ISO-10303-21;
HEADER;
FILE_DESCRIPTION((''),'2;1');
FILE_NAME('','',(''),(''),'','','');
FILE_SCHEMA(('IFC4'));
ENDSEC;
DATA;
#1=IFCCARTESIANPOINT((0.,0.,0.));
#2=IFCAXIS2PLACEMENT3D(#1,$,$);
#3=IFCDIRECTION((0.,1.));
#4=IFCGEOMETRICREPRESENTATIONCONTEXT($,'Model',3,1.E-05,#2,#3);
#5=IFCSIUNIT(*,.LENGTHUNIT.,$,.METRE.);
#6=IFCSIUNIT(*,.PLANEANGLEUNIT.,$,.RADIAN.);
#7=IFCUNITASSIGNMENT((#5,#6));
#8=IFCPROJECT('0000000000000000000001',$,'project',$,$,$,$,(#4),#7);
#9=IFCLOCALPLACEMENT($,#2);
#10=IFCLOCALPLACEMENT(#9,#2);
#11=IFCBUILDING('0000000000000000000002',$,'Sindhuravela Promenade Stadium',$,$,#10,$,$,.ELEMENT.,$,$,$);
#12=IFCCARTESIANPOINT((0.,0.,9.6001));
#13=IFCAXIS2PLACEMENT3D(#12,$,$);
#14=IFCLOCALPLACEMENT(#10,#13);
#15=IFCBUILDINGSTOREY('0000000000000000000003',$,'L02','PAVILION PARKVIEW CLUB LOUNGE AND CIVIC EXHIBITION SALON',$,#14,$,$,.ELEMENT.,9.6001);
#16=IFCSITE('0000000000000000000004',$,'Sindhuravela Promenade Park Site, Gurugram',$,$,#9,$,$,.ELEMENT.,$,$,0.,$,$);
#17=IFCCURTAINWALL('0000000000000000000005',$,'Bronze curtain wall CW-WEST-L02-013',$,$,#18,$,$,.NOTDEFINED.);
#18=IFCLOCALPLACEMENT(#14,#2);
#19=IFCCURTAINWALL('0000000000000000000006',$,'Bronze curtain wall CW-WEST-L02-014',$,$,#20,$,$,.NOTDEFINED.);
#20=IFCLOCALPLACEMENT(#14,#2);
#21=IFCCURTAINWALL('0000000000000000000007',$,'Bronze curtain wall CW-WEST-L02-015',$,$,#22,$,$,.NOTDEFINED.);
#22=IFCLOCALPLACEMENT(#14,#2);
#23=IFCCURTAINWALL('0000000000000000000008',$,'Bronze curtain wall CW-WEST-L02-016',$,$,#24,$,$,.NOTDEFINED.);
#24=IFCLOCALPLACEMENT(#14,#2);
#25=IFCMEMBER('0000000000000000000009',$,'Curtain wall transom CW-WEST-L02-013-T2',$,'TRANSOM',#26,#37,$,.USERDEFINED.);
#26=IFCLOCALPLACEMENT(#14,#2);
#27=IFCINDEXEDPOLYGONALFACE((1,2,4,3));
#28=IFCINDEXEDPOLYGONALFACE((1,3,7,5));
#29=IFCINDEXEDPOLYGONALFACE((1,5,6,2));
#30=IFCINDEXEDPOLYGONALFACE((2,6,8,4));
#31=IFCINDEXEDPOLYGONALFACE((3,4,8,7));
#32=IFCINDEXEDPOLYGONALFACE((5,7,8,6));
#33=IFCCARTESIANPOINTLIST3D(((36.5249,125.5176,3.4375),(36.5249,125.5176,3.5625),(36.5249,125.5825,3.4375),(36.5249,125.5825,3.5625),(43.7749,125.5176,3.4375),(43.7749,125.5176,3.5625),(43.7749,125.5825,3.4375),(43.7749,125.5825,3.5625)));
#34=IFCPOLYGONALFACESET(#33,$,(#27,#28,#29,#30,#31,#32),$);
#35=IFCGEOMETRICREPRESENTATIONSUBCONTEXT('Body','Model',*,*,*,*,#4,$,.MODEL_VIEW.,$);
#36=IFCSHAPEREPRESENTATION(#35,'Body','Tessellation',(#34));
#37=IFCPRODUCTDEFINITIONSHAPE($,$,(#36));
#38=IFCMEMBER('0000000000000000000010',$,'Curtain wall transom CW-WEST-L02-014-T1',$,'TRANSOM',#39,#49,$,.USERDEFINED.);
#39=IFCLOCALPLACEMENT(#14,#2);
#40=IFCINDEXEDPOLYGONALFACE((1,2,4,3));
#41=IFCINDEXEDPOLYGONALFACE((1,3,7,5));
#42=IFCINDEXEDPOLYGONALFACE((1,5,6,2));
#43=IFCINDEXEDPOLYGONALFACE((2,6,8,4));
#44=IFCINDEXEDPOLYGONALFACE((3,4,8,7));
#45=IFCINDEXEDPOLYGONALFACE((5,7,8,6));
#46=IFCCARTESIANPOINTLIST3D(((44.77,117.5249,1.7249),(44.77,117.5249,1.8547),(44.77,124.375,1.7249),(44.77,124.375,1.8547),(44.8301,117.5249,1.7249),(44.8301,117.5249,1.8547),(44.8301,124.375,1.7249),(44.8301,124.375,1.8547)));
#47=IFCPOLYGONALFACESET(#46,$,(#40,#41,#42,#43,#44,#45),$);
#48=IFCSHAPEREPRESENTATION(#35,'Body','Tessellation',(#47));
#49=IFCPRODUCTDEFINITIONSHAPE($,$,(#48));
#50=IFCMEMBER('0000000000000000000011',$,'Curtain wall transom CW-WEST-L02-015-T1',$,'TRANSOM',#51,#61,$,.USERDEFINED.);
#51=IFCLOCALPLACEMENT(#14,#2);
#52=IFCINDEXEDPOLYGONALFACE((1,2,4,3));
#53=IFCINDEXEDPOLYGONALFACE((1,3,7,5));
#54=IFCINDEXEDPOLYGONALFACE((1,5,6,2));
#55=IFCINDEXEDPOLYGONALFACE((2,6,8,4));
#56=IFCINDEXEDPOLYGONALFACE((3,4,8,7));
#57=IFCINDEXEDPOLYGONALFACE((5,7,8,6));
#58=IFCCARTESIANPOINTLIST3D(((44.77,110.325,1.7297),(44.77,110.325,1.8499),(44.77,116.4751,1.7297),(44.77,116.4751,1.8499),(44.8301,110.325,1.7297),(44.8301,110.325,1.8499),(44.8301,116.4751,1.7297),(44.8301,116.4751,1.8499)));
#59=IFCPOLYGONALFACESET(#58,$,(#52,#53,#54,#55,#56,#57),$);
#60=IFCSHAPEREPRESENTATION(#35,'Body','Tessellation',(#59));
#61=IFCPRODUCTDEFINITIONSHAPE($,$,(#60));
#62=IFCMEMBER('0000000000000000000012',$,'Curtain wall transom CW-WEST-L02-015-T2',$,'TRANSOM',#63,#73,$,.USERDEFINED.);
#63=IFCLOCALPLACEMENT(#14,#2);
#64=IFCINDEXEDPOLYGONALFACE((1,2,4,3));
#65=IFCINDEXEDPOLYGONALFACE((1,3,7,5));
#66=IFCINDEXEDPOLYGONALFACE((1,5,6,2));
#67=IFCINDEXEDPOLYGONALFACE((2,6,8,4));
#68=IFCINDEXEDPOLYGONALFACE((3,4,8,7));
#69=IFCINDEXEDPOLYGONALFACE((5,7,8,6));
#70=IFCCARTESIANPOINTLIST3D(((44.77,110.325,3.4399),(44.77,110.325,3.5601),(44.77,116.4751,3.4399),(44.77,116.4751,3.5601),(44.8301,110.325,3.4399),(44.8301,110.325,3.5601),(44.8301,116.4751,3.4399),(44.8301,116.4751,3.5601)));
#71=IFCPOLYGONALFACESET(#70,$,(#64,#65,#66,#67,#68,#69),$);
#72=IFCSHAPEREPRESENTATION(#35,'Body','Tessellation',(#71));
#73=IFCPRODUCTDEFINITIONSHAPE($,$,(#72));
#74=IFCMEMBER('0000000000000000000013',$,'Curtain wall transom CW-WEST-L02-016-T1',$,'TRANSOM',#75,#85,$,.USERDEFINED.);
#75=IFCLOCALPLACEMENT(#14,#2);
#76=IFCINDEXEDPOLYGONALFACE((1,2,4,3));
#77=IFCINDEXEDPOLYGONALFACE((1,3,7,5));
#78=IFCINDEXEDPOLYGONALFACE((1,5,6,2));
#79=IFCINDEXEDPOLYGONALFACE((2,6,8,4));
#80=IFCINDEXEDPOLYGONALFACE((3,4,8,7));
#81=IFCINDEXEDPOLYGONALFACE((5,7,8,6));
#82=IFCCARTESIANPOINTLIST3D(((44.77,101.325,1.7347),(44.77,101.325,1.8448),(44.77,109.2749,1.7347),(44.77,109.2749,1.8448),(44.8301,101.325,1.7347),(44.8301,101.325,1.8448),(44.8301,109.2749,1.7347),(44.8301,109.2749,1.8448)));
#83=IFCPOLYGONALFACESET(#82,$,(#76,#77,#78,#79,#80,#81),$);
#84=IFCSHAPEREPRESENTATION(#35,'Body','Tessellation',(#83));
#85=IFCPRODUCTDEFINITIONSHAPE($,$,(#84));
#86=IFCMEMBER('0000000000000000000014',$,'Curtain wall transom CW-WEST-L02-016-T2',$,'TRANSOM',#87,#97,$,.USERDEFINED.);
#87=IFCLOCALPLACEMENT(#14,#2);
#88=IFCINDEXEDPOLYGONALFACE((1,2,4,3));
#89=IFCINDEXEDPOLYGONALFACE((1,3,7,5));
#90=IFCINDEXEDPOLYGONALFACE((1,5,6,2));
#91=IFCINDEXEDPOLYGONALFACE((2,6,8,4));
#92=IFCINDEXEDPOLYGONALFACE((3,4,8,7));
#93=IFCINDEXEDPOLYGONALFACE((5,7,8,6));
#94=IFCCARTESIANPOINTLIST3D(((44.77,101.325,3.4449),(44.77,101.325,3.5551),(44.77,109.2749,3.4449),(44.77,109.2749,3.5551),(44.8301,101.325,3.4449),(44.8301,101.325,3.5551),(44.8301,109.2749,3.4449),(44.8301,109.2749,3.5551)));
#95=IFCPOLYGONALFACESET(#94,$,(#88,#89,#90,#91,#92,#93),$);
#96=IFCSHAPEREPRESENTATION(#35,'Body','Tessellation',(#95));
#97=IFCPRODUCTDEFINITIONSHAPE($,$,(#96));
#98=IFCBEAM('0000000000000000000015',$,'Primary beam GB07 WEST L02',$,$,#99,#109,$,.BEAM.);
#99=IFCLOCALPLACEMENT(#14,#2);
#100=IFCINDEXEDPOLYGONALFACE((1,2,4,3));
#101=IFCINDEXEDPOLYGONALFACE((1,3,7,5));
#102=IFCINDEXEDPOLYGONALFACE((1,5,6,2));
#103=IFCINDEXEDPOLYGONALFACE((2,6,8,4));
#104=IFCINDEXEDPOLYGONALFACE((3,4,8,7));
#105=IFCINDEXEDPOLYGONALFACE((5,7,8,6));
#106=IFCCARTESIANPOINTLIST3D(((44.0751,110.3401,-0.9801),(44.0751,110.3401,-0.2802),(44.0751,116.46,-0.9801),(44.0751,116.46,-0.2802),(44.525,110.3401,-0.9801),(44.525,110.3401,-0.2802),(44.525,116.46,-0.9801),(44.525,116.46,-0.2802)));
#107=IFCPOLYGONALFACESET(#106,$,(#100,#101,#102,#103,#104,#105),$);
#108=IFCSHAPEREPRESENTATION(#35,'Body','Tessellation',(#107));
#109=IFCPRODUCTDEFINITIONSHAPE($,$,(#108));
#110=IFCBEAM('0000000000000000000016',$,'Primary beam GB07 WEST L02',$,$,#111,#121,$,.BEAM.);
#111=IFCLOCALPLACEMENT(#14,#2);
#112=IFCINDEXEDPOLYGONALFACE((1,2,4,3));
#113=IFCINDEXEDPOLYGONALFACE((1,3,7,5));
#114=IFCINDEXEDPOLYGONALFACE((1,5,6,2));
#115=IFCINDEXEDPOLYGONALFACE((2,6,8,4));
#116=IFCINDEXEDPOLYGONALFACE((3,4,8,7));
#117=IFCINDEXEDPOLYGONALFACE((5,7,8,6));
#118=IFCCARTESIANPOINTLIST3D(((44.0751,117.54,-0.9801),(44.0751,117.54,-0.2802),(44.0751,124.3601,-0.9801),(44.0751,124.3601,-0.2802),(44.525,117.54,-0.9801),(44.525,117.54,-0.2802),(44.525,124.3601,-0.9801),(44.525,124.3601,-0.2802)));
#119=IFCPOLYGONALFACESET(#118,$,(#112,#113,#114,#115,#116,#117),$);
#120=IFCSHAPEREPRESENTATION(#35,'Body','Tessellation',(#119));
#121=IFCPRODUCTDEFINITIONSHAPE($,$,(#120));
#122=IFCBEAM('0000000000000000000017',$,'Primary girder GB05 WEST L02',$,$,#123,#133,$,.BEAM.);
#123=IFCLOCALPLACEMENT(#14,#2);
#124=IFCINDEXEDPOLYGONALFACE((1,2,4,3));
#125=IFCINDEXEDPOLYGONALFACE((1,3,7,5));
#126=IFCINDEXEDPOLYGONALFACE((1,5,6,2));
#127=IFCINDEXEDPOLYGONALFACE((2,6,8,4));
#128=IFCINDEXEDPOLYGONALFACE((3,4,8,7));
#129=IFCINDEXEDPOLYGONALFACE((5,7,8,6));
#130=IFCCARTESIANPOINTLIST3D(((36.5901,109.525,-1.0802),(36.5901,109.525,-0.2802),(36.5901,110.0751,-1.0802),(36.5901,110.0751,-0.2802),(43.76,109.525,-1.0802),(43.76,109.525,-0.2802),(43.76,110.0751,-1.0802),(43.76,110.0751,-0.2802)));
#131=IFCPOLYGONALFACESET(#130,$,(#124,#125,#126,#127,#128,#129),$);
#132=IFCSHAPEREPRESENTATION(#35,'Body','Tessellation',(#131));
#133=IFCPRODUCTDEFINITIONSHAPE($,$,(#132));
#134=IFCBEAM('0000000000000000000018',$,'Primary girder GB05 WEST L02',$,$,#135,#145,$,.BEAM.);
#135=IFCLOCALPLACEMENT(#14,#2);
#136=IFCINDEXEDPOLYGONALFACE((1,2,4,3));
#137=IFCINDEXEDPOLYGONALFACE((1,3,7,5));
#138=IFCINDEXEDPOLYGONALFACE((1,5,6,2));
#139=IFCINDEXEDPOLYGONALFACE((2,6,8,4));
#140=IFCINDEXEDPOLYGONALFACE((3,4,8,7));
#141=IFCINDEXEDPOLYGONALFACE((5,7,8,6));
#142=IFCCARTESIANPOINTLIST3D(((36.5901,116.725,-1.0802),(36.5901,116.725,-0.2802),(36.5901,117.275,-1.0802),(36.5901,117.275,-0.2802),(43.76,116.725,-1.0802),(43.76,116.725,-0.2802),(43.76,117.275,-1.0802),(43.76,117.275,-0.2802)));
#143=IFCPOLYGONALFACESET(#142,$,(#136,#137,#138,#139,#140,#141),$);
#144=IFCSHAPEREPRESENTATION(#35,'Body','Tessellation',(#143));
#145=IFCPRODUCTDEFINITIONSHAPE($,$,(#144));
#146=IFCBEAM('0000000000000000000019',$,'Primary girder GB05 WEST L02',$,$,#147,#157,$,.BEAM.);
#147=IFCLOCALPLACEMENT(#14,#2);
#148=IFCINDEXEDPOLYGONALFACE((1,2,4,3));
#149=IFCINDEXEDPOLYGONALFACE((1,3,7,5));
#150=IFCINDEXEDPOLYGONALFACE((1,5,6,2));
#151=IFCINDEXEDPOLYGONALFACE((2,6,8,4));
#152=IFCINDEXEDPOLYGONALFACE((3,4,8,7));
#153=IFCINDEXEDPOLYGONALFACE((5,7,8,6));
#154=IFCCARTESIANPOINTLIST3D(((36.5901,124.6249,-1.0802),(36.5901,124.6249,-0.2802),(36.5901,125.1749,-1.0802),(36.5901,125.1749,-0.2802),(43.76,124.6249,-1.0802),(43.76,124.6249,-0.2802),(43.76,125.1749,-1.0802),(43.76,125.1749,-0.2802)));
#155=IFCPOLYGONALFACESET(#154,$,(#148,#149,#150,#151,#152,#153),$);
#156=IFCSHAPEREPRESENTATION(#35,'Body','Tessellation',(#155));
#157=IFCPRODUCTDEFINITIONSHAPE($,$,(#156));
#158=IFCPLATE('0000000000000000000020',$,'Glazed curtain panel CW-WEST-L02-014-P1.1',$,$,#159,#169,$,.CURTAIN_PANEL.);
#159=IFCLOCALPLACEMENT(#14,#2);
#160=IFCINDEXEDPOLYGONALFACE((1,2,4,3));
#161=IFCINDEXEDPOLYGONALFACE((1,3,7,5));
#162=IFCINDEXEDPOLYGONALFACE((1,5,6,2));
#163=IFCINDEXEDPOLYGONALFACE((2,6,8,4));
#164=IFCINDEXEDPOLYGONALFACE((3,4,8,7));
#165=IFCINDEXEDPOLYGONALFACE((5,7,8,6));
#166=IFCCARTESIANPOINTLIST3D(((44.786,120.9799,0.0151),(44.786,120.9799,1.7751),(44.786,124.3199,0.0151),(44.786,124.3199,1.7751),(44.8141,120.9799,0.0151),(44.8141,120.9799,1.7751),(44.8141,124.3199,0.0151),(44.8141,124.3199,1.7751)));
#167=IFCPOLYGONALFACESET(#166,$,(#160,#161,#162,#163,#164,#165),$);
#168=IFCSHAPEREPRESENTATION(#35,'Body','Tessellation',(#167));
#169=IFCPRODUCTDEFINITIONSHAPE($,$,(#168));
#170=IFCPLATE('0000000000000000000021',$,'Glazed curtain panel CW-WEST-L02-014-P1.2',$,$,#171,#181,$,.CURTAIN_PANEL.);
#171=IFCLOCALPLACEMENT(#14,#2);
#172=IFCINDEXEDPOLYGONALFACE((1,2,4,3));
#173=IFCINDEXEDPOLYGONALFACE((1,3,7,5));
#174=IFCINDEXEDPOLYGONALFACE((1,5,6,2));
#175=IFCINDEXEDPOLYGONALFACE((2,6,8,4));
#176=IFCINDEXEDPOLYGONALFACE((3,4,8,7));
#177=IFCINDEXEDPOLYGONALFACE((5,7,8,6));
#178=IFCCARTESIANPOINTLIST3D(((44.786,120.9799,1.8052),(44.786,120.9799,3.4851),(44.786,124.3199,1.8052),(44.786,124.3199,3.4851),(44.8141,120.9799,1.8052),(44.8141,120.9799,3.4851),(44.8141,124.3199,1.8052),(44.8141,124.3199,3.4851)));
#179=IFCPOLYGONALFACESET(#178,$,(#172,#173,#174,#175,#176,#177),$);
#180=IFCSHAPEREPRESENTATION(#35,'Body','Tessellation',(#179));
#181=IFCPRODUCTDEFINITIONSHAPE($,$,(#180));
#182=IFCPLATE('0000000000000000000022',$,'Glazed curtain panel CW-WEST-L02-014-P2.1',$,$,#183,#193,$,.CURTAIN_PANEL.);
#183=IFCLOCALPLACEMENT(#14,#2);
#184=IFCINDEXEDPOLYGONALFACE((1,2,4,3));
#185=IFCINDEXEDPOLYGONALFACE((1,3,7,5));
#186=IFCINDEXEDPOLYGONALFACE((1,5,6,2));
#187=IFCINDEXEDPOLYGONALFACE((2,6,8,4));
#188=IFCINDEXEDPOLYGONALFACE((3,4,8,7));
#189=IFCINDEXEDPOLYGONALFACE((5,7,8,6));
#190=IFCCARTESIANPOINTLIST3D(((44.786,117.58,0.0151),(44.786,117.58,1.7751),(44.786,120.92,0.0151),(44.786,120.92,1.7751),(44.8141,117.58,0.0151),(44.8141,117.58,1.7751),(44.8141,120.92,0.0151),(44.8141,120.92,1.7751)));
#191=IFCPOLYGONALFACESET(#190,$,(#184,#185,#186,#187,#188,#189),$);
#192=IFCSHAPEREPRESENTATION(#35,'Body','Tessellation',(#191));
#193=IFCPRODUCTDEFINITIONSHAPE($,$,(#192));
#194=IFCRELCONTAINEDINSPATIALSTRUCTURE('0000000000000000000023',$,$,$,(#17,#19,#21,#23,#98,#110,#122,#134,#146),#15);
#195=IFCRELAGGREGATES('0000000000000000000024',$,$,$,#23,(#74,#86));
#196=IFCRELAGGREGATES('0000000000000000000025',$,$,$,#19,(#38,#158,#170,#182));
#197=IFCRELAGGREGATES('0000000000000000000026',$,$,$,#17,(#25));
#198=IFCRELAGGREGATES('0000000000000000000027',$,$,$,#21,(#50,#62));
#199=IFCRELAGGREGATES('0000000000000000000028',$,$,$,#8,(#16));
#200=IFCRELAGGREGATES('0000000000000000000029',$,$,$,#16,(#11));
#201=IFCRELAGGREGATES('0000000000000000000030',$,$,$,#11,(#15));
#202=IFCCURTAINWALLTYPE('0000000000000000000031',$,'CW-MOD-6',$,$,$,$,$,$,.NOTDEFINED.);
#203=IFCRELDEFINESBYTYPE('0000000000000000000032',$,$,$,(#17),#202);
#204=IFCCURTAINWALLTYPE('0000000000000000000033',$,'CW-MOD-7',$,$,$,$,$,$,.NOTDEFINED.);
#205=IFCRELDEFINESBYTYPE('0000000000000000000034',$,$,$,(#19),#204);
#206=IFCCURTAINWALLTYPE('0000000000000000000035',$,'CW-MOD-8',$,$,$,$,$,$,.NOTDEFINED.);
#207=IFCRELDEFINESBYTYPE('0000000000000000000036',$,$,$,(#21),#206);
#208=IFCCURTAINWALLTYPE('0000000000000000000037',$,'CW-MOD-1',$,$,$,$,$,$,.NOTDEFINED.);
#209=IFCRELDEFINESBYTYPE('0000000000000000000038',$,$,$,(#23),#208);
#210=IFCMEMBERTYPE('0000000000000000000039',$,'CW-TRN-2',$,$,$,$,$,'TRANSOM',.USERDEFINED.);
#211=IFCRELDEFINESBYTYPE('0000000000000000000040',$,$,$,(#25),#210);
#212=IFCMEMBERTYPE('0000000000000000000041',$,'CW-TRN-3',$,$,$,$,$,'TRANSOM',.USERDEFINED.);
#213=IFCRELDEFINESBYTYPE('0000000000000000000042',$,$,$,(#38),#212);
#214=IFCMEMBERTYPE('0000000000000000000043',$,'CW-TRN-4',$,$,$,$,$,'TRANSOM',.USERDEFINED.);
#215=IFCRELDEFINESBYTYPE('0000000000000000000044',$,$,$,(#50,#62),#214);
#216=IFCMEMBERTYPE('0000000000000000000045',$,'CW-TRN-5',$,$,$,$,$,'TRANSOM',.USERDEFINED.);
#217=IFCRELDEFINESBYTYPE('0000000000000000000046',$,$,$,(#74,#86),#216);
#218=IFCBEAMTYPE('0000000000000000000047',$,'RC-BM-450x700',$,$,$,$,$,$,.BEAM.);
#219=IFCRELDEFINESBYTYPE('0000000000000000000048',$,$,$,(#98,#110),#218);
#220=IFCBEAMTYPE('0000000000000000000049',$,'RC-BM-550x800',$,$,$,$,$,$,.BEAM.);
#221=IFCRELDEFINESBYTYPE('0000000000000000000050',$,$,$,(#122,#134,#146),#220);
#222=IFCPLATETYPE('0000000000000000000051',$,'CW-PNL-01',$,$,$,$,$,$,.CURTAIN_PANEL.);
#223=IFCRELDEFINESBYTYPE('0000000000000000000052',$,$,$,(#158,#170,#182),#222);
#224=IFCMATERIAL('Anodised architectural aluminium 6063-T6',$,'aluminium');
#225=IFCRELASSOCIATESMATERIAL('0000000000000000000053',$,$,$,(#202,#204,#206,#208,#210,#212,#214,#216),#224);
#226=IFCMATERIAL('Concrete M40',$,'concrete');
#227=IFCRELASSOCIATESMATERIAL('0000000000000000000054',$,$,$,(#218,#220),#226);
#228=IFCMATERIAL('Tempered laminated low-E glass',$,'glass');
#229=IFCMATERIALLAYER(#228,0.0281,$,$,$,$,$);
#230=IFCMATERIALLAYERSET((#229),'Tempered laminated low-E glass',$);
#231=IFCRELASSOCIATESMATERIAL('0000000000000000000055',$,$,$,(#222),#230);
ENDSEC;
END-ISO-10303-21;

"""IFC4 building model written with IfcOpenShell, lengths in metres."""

from ifc_helpers import new_model, si_unit, direction, frame, origin, origin_2d, place, context, subcontext, project, spatial, rectangle, extrude, material, layer, layer_set, material_profile, profile_set, type_object, element, aggregate, save


model = new_model("IFC4")

# Units and contexts
model_context = context("Model", 3, precision=1e-05, world=origin(), true_north=direction((0.0, 1.0)))
body_context = subcontext(model_context, "Body", "Model", "MODEL_VIEW")
ifc_project = project(units=[si_unit("LENGTHUNIT", "METRE"), si_unit("PLANEANGLEUNIT", "RADIAN")], contexts=[model_context])

# Site, building, storey
site_placement = place(None, origin())
site = spatial("IfcSite", under=ifc_project, at=site_placement, Name="Sindhuravela Promenade Park Site, Gurugram", CompositionType="ELEMENT", RefElevation=0.0)
building_placement = place(site_placement, origin())
building = spatial("IfcBuilding", under=site, at=building_placement, Name="Sindhuravela Promenade Stadium", CompositionType="ELEMENT")
storey_placement = place(building_placement, frame((0.0, 0.0, 9.6001)))
storey = spatial("IfcBuildingStorey", under=building, at=storey_placement, Name="L02", Description="PAVILION PARKVIEW CLUB LOUNGE AND CIVIC EXHIBITION SALON", CompositionType="ELEMENT", Elevation=9.6001)

# Curtain walls
ifc_material_1 = material(Name="Anodised architectural aluminium 6063-T6", Category="aluminium")
curtain_wall_type_1 = type_object("IfcCurtainWallType", Name="CW-MOD-6", PredefinedType="NOTDEFINED", material=ifc_material_1)
curtain_wall_1_placement = place(storey_placement, origin())
curtain_wall_1 = element("IfcCurtainWall", 1, at=curtain_wall_1_placement, inside=storey, type_object=curtain_wall_type_1, Name="Bronze curtain wall CW-WEST-L02-013", PredefinedType="NOTDEFINED")
curtain_wall_type_2 = type_object("IfcCurtainWallType", Name="CW-MOD-7", PredefinedType="NOTDEFINED", material=ifc_material_1)
curtain_wall_2_placement = place(storey_placement, origin())
curtain_wall_2 = element("IfcCurtainWall", 2, at=curtain_wall_2_placement, inside=storey, type_object=curtain_wall_type_2, Name="Bronze curtain wall CW-WEST-L02-014", PredefinedType="NOTDEFINED")
curtain_wall_type_3 = type_object("IfcCurtainWallType", Name="CW-MOD-8", PredefinedType="NOTDEFINED", material=ifc_material_1)
curtain_wall_3_placement = place(storey_placement, origin())
curtain_wall_3 = element("IfcCurtainWall", 3, at=curtain_wall_3_placement, inside=storey, type_object=curtain_wall_type_3, Name="Bronze curtain wall CW-WEST-L02-015", PredefinedType="NOTDEFINED")

# Curtain wall
curtain_wall_type_4 = type_object("IfcCurtainWallType", Name="CW-MOD-1", PredefinedType="NOTDEFINED", material=ifc_material_1)
curtain_wall_4_placement = place(storey_placement, origin())
curtain_wall_4 = element("IfcCurtainWall", 4, at=curtain_wall_4_placement, inside=storey, type_object=curtain_wall_type_4, Name="Bronze curtain wall CW-WEST-L02-016", PredefinedType="NOTDEFINED")

# Members
ifc_material_profile_1 = material_profile(ifc_material_1, rectangle(XDim=0.0649, YDim=0.125, at=origin_2d()), Name="ALU TRAN 65x125")
ifc_profile_set_1 = profile_set([ifc_material_profile_1], Name="Anodised architectural aluminium 6063-T6")
member_type_1 = type_object("IfcMemberType", Name="CW-TRN-2", ElementType="TRANSOM", PredefinedType="USERDEFINED", material=ifc_profile_set_1)
member_1_placement = place(storey_placement, frame((36.5249, 125.55, 3.5), z_axis=(1.0, 0.0, 0.0), x_axis=(0.0, 1.0, 0.0)))
member_1 = element("IfcMember", 5, at=member_1_placement, type_object=member_type_1, Name="Curtain wall transom CW-WEST-L02-013-T2", ObjectType="TRANSOM", PredefinedType="USERDEFINED", context=body_context, shape_type="SweptSolid", body=[
    extrude(rectangle(XDim=0.0649, YDim=0.125, at=origin_2d()), origin(), (0.0, 0.0, 1.0), 7.25),
])
ifc_material_profile_2 = material_profile(ifc_material_1, rectangle(XDim=0.0601, YDim=0.1299, at=origin_2d()), Name="ALU T60x130")
ifc_profile_set_2 = profile_set([ifc_material_profile_2], Name="Anodised architectural aluminium 6063-T6")
member_type_2 = type_object("IfcMemberType", Name="CW-TRN-3", ElementType="TRANSOM", PredefinedType="USERDEFINED", material=ifc_profile_set_2)
member_2_placement = place(storey_placement, frame((44.8, 124.375, 1.7898), z_axis=(0.0, -1.0, 0.0), x_axis=(1.0, 0.0, 0.0)))
member_2 = element("IfcMember", 6, at=member_2_placement, type_object=member_type_2, Name="Curtain wall transom CW-WEST-L02-014-T1", ObjectType="TRANSOM", PredefinedType="USERDEFINED", context=body_context, shape_type="SweptSolid", body=[
    extrude(rectangle(XDim=0.0601, YDim=0.1299, at=origin_2d()), origin(), (0.0, 0.0, 1.0), 6.8501),
])
ifc_material_profile_3 = material_profile(ifc_material_1, rectangle(XDim=0.0601, YDim=0.1201, at=origin_2d()), Name="ALU T60x120")
ifc_profile_set_3 = profile_set([ifc_material_profile_3], Name="Anodised architectural aluminium 6063-T6")
member_type_3 = type_object("IfcMemberType", Name="CW-TRN-4", ElementType="TRANSOM", PredefinedType="USERDEFINED", material=ifc_profile_set_3)
member_3_placement = place(storey_placement, frame((44.8, 116.4751, 1.7898), z_axis=(0.0, -1.0, 0.0), x_axis=(1.0, 0.0, 0.0)))
member_3 = element("IfcMember", 7, at=member_3_placement, type_object=member_type_3, Name="Curtain wall transom CW-WEST-L02-015-T1", ObjectType="TRANSOM", PredefinedType="USERDEFINED", context=body_context, shape_type="SweptSolid", body=[
    extrude(rectangle(XDim=0.0601, YDim=0.1201, at=origin_2d()), origin(), (0.0, 0.0, 1.0), 6.1501),
])
member_4_placement = place(storey_placement, frame((44.8, 116.4751, 3.5), z_axis=(0.0, -1.0, 0.0), x_axis=(1.0, 0.0, 0.0)))
member_4 = element("IfcMember", 8, at=member_4_placement, type_object=member_type_3, Name="Curtain wall transom CW-WEST-L02-015-T2", ObjectType="TRANSOM", PredefinedType="USERDEFINED", context=body_context, shape_type="SweptSolid", body=[
    extrude(rectangle(XDim=0.0601, YDim=0.1201, at=origin_2d()), origin(), (0.0, 0.0, 1.0), 6.1501),
])
ifc_material_profile_4 = material_profile(ifc_material_1, rectangle(XDim=0.0601, YDim=0.1101, at=origin_2d()), Name="ALU T60x110")
ifc_profile_set_4 = profile_set([ifc_material_profile_4], Name="Anodised architectural aluminium 6063-T6")
member_type_4 = type_object("IfcMemberType", Name="CW-TRN-5", ElementType="TRANSOM", PredefinedType="USERDEFINED", material=ifc_profile_set_4)
member_5_placement = place(storey_placement, frame((44.8, 109.2749, 1.7898), z_axis=(0.0, -1.0, 0.0), x_axis=(1.0, 0.0, 0.0)))
member_5 = element("IfcMember", 9, at=member_5_placement, type_object=member_type_4, Name="Curtain wall transom CW-WEST-L02-016-T1", ObjectType="TRANSOM", PredefinedType="USERDEFINED", context=body_context, shape_type="SweptSolid", body=[
    extrude(rectangle(XDim=0.0601, YDim=0.1101, at=origin_2d()), origin(), (0.0, 0.0, 1.0), 7.95),
])
member_6_placement = place(storey_placement, frame((44.8, 109.2749, 3.5), z_axis=(0.0, -1.0, 0.0), x_axis=(1.0, 0.0, 0.0)))
member_6 = element("IfcMember", 10, at=member_6_placement, type_object=member_type_4, Name="Curtain wall transom CW-WEST-L02-016-T2", ObjectType="TRANSOM", PredefinedType="USERDEFINED", context=body_context, shape_type="SweptSolid", body=[
    extrude(rectangle(XDim=0.0601, YDim=0.1101, at=origin_2d()), origin(), (0.0, 0.0, 1.0), 7.95),
])
aggregate(curtain_wall_4, [member_5, member_6])

# Beams
ifc_material_2 = material(Name="Concrete M40", Category="concrete")
ifc_material_profile_5 = material_profile(ifc_material_2, rectangle(XDim=0.45, YDim=0.7, at=origin_2d()), Name="RC 450x700")
ifc_profile_set_5 = profile_set([ifc_material_profile_5], Name="Concrete M40")
beam_type_1 = type_object("IfcBeamType", Name="RC-BM-450x700", PredefinedType="BEAM", material=ifc_profile_set_5)
beam_1_placement = place(storey_placement, frame((44.3, 110.3401, -0.6301), z_axis=(0.0, 1.0, 0.0), x_axis=(-1.0, 0.0, 0.0)))
element("IfcBeam", 11, at=beam_1_placement, inside=storey, type_object=beam_type_1, Name="Primary beam GB07 WEST L02", PredefinedType="BEAM", context=body_context, shape_type="SweptSolid", body=[
    extrude(rectangle(XDim=0.45, YDim=0.7, at=origin_2d()), origin(), (0.0, 0.0, 1.0), 6.1199),
])
beam_2_placement = place(storey_placement, frame((44.3, 117.54, -0.6301), z_axis=(0.0, 1.0, 0.0), x_axis=(-1.0, 0.0, 0.0)))
element("IfcBeam", 12, at=beam_2_placement, inside=storey, type_object=beam_type_1, Name="Primary beam GB07 WEST L02", PredefinedType="BEAM", context=body_context, shape_type="SweptSolid", body=[
    extrude(rectangle(XDim=0.45, YDim=0.7, at=origin_2d()), origin(), (0.0, 0.0, 1.0), 6.8201),
])
ifc_material_profile_6 = material_profile(ifc_material_2, rectangle(XDim=0.55, YDim=0.8, at=origin_2d()), Name="RC 550x800")
ifc_profile_set_6 = profile_set([ifc_material_profile_6], Name="Concrete M40")
beam_type_2 = type_object("IfcBeamType", Name="RC-BM-550x800", PredefinedType="BEAM", material=ifc_profile_set_6)
for number, where, z_axis, x_axis, name in (
    (13, (36.5901, 109.8, -0.6802), (1.0, 0.0, 0.0), (0.0, 1.0, 0.0), "Primary girder GB05 WEST L02"),
    (14, (36.5901, 117.0, -0.6802), (1.0, 0.0, 0.0), (0.0, 1.0, 0.0), "Primary girder GB05 WEST L02"),
    (15, (36.5901, 124.8999, -0.6802), (1.0, 0.0, 0.0), (0.0, 1.0, 0.0), "Primary girder GB05 WEST L02"),
):
    element("IfcBeam", number, at=place(storey_placement, frame(where, z_axis=z_axis, x_axis=x_axis)), inside=storey, type_object=beam_type_2, Name=name, PredefinedType="BEAM", context=body_context, shape_type="SweptSolid", body=[
        extrude(rectangle(XDim=0.55, YDim=0.8, at=origin_2d()), origin(), (0.0, 0.0, 1.0), 7.1699),
    ])

# Plates
ifc_material_3 = material(Name="Tempered laminated low-E glass", Category="glass")
ifc_layer_1 = layer(ifc_material_3, 0.0281)
ifc_layer_set_1 = layer_set([ifc_layer_1], Name="Tempered laminated low-E glass")
plate_type_1 = type_object("IfcPlateType", Name="CW-PNL-01", PredefinedType="CURTAIN_PANEL", material=ifc_layer_set_1)
plate_1_placement = place(storey_placement, frame((44.8, 122.6499, 0.0151), z_axis=(0.0, 0.0, 1.0), x_axis=(0.0, -1.0, 0.0)))
plate_1 = element("IfcPlate", 16, at=plate_1_placement, type_object=plate_type_1, Name="Glazed curtain panel CW-WEST-L02-014-P1.1", PredefinedType="CURTAIN_PANEL", context=body_context, shape_type="SweptSolid", body=[
    extrude(rectangle(XDim=3.3401, YDim=0.0281, at=origin_2d()), origin(), (0.0, 0.0, 1.0), 1.76),
])
plate_2_placement = place(storey_placement, frame((44.8, 122.6499, 1.8052), z_axis=(0.0, 0.0, 1.0), x_axis=(0.0, -1.0, 0.0)))
plate_2 = element("IfcPlate", 17, at=plate_2_placement, type_object=plate_type_1, Name="Glazed curtain panel CW-WEST-L02-014-P1.2", PredefinedType="CURTAIN_PANEL", context=body_context, shape_type="SweptSolid", body=[
    extrude(rectangle(XDim=3.3401, YDim=0.0281, at=origin_2d()), origin(), (0.0, 0.0, 1.0), 1.6799),
])
plate_3_placement = place(storey_placement, frame((44.8, 119.25, 0.0151), z_axis=(0.0, 0.0, 1.0), x_axis=(0.0, -1.0, 0.0)))
plate_3 = element("IfcPlate", 18, at=plate_3_placement, type_object=plate_type_1, Name="Glazed curtain panel CW-WEST-L02-014-P2.1", PredefinedType="CURTAIN_PANEL", context=body_context, shape_type="SweptSolid", body=[
    extrude(rectangle(XDim=3.3401, YDim=0.0281, at=origin_2d()), origin(), (0.0, 0.0, 1.0), 1.76),
])
aggregate(curtain_wall_2, [member_2, plate_1, plate_2, plate_3])
aggregate(curtain_wall_1, [member_1])
aggregate(curtain_wall_3, [member_3, member_4])

save(model, "model.ifc")
